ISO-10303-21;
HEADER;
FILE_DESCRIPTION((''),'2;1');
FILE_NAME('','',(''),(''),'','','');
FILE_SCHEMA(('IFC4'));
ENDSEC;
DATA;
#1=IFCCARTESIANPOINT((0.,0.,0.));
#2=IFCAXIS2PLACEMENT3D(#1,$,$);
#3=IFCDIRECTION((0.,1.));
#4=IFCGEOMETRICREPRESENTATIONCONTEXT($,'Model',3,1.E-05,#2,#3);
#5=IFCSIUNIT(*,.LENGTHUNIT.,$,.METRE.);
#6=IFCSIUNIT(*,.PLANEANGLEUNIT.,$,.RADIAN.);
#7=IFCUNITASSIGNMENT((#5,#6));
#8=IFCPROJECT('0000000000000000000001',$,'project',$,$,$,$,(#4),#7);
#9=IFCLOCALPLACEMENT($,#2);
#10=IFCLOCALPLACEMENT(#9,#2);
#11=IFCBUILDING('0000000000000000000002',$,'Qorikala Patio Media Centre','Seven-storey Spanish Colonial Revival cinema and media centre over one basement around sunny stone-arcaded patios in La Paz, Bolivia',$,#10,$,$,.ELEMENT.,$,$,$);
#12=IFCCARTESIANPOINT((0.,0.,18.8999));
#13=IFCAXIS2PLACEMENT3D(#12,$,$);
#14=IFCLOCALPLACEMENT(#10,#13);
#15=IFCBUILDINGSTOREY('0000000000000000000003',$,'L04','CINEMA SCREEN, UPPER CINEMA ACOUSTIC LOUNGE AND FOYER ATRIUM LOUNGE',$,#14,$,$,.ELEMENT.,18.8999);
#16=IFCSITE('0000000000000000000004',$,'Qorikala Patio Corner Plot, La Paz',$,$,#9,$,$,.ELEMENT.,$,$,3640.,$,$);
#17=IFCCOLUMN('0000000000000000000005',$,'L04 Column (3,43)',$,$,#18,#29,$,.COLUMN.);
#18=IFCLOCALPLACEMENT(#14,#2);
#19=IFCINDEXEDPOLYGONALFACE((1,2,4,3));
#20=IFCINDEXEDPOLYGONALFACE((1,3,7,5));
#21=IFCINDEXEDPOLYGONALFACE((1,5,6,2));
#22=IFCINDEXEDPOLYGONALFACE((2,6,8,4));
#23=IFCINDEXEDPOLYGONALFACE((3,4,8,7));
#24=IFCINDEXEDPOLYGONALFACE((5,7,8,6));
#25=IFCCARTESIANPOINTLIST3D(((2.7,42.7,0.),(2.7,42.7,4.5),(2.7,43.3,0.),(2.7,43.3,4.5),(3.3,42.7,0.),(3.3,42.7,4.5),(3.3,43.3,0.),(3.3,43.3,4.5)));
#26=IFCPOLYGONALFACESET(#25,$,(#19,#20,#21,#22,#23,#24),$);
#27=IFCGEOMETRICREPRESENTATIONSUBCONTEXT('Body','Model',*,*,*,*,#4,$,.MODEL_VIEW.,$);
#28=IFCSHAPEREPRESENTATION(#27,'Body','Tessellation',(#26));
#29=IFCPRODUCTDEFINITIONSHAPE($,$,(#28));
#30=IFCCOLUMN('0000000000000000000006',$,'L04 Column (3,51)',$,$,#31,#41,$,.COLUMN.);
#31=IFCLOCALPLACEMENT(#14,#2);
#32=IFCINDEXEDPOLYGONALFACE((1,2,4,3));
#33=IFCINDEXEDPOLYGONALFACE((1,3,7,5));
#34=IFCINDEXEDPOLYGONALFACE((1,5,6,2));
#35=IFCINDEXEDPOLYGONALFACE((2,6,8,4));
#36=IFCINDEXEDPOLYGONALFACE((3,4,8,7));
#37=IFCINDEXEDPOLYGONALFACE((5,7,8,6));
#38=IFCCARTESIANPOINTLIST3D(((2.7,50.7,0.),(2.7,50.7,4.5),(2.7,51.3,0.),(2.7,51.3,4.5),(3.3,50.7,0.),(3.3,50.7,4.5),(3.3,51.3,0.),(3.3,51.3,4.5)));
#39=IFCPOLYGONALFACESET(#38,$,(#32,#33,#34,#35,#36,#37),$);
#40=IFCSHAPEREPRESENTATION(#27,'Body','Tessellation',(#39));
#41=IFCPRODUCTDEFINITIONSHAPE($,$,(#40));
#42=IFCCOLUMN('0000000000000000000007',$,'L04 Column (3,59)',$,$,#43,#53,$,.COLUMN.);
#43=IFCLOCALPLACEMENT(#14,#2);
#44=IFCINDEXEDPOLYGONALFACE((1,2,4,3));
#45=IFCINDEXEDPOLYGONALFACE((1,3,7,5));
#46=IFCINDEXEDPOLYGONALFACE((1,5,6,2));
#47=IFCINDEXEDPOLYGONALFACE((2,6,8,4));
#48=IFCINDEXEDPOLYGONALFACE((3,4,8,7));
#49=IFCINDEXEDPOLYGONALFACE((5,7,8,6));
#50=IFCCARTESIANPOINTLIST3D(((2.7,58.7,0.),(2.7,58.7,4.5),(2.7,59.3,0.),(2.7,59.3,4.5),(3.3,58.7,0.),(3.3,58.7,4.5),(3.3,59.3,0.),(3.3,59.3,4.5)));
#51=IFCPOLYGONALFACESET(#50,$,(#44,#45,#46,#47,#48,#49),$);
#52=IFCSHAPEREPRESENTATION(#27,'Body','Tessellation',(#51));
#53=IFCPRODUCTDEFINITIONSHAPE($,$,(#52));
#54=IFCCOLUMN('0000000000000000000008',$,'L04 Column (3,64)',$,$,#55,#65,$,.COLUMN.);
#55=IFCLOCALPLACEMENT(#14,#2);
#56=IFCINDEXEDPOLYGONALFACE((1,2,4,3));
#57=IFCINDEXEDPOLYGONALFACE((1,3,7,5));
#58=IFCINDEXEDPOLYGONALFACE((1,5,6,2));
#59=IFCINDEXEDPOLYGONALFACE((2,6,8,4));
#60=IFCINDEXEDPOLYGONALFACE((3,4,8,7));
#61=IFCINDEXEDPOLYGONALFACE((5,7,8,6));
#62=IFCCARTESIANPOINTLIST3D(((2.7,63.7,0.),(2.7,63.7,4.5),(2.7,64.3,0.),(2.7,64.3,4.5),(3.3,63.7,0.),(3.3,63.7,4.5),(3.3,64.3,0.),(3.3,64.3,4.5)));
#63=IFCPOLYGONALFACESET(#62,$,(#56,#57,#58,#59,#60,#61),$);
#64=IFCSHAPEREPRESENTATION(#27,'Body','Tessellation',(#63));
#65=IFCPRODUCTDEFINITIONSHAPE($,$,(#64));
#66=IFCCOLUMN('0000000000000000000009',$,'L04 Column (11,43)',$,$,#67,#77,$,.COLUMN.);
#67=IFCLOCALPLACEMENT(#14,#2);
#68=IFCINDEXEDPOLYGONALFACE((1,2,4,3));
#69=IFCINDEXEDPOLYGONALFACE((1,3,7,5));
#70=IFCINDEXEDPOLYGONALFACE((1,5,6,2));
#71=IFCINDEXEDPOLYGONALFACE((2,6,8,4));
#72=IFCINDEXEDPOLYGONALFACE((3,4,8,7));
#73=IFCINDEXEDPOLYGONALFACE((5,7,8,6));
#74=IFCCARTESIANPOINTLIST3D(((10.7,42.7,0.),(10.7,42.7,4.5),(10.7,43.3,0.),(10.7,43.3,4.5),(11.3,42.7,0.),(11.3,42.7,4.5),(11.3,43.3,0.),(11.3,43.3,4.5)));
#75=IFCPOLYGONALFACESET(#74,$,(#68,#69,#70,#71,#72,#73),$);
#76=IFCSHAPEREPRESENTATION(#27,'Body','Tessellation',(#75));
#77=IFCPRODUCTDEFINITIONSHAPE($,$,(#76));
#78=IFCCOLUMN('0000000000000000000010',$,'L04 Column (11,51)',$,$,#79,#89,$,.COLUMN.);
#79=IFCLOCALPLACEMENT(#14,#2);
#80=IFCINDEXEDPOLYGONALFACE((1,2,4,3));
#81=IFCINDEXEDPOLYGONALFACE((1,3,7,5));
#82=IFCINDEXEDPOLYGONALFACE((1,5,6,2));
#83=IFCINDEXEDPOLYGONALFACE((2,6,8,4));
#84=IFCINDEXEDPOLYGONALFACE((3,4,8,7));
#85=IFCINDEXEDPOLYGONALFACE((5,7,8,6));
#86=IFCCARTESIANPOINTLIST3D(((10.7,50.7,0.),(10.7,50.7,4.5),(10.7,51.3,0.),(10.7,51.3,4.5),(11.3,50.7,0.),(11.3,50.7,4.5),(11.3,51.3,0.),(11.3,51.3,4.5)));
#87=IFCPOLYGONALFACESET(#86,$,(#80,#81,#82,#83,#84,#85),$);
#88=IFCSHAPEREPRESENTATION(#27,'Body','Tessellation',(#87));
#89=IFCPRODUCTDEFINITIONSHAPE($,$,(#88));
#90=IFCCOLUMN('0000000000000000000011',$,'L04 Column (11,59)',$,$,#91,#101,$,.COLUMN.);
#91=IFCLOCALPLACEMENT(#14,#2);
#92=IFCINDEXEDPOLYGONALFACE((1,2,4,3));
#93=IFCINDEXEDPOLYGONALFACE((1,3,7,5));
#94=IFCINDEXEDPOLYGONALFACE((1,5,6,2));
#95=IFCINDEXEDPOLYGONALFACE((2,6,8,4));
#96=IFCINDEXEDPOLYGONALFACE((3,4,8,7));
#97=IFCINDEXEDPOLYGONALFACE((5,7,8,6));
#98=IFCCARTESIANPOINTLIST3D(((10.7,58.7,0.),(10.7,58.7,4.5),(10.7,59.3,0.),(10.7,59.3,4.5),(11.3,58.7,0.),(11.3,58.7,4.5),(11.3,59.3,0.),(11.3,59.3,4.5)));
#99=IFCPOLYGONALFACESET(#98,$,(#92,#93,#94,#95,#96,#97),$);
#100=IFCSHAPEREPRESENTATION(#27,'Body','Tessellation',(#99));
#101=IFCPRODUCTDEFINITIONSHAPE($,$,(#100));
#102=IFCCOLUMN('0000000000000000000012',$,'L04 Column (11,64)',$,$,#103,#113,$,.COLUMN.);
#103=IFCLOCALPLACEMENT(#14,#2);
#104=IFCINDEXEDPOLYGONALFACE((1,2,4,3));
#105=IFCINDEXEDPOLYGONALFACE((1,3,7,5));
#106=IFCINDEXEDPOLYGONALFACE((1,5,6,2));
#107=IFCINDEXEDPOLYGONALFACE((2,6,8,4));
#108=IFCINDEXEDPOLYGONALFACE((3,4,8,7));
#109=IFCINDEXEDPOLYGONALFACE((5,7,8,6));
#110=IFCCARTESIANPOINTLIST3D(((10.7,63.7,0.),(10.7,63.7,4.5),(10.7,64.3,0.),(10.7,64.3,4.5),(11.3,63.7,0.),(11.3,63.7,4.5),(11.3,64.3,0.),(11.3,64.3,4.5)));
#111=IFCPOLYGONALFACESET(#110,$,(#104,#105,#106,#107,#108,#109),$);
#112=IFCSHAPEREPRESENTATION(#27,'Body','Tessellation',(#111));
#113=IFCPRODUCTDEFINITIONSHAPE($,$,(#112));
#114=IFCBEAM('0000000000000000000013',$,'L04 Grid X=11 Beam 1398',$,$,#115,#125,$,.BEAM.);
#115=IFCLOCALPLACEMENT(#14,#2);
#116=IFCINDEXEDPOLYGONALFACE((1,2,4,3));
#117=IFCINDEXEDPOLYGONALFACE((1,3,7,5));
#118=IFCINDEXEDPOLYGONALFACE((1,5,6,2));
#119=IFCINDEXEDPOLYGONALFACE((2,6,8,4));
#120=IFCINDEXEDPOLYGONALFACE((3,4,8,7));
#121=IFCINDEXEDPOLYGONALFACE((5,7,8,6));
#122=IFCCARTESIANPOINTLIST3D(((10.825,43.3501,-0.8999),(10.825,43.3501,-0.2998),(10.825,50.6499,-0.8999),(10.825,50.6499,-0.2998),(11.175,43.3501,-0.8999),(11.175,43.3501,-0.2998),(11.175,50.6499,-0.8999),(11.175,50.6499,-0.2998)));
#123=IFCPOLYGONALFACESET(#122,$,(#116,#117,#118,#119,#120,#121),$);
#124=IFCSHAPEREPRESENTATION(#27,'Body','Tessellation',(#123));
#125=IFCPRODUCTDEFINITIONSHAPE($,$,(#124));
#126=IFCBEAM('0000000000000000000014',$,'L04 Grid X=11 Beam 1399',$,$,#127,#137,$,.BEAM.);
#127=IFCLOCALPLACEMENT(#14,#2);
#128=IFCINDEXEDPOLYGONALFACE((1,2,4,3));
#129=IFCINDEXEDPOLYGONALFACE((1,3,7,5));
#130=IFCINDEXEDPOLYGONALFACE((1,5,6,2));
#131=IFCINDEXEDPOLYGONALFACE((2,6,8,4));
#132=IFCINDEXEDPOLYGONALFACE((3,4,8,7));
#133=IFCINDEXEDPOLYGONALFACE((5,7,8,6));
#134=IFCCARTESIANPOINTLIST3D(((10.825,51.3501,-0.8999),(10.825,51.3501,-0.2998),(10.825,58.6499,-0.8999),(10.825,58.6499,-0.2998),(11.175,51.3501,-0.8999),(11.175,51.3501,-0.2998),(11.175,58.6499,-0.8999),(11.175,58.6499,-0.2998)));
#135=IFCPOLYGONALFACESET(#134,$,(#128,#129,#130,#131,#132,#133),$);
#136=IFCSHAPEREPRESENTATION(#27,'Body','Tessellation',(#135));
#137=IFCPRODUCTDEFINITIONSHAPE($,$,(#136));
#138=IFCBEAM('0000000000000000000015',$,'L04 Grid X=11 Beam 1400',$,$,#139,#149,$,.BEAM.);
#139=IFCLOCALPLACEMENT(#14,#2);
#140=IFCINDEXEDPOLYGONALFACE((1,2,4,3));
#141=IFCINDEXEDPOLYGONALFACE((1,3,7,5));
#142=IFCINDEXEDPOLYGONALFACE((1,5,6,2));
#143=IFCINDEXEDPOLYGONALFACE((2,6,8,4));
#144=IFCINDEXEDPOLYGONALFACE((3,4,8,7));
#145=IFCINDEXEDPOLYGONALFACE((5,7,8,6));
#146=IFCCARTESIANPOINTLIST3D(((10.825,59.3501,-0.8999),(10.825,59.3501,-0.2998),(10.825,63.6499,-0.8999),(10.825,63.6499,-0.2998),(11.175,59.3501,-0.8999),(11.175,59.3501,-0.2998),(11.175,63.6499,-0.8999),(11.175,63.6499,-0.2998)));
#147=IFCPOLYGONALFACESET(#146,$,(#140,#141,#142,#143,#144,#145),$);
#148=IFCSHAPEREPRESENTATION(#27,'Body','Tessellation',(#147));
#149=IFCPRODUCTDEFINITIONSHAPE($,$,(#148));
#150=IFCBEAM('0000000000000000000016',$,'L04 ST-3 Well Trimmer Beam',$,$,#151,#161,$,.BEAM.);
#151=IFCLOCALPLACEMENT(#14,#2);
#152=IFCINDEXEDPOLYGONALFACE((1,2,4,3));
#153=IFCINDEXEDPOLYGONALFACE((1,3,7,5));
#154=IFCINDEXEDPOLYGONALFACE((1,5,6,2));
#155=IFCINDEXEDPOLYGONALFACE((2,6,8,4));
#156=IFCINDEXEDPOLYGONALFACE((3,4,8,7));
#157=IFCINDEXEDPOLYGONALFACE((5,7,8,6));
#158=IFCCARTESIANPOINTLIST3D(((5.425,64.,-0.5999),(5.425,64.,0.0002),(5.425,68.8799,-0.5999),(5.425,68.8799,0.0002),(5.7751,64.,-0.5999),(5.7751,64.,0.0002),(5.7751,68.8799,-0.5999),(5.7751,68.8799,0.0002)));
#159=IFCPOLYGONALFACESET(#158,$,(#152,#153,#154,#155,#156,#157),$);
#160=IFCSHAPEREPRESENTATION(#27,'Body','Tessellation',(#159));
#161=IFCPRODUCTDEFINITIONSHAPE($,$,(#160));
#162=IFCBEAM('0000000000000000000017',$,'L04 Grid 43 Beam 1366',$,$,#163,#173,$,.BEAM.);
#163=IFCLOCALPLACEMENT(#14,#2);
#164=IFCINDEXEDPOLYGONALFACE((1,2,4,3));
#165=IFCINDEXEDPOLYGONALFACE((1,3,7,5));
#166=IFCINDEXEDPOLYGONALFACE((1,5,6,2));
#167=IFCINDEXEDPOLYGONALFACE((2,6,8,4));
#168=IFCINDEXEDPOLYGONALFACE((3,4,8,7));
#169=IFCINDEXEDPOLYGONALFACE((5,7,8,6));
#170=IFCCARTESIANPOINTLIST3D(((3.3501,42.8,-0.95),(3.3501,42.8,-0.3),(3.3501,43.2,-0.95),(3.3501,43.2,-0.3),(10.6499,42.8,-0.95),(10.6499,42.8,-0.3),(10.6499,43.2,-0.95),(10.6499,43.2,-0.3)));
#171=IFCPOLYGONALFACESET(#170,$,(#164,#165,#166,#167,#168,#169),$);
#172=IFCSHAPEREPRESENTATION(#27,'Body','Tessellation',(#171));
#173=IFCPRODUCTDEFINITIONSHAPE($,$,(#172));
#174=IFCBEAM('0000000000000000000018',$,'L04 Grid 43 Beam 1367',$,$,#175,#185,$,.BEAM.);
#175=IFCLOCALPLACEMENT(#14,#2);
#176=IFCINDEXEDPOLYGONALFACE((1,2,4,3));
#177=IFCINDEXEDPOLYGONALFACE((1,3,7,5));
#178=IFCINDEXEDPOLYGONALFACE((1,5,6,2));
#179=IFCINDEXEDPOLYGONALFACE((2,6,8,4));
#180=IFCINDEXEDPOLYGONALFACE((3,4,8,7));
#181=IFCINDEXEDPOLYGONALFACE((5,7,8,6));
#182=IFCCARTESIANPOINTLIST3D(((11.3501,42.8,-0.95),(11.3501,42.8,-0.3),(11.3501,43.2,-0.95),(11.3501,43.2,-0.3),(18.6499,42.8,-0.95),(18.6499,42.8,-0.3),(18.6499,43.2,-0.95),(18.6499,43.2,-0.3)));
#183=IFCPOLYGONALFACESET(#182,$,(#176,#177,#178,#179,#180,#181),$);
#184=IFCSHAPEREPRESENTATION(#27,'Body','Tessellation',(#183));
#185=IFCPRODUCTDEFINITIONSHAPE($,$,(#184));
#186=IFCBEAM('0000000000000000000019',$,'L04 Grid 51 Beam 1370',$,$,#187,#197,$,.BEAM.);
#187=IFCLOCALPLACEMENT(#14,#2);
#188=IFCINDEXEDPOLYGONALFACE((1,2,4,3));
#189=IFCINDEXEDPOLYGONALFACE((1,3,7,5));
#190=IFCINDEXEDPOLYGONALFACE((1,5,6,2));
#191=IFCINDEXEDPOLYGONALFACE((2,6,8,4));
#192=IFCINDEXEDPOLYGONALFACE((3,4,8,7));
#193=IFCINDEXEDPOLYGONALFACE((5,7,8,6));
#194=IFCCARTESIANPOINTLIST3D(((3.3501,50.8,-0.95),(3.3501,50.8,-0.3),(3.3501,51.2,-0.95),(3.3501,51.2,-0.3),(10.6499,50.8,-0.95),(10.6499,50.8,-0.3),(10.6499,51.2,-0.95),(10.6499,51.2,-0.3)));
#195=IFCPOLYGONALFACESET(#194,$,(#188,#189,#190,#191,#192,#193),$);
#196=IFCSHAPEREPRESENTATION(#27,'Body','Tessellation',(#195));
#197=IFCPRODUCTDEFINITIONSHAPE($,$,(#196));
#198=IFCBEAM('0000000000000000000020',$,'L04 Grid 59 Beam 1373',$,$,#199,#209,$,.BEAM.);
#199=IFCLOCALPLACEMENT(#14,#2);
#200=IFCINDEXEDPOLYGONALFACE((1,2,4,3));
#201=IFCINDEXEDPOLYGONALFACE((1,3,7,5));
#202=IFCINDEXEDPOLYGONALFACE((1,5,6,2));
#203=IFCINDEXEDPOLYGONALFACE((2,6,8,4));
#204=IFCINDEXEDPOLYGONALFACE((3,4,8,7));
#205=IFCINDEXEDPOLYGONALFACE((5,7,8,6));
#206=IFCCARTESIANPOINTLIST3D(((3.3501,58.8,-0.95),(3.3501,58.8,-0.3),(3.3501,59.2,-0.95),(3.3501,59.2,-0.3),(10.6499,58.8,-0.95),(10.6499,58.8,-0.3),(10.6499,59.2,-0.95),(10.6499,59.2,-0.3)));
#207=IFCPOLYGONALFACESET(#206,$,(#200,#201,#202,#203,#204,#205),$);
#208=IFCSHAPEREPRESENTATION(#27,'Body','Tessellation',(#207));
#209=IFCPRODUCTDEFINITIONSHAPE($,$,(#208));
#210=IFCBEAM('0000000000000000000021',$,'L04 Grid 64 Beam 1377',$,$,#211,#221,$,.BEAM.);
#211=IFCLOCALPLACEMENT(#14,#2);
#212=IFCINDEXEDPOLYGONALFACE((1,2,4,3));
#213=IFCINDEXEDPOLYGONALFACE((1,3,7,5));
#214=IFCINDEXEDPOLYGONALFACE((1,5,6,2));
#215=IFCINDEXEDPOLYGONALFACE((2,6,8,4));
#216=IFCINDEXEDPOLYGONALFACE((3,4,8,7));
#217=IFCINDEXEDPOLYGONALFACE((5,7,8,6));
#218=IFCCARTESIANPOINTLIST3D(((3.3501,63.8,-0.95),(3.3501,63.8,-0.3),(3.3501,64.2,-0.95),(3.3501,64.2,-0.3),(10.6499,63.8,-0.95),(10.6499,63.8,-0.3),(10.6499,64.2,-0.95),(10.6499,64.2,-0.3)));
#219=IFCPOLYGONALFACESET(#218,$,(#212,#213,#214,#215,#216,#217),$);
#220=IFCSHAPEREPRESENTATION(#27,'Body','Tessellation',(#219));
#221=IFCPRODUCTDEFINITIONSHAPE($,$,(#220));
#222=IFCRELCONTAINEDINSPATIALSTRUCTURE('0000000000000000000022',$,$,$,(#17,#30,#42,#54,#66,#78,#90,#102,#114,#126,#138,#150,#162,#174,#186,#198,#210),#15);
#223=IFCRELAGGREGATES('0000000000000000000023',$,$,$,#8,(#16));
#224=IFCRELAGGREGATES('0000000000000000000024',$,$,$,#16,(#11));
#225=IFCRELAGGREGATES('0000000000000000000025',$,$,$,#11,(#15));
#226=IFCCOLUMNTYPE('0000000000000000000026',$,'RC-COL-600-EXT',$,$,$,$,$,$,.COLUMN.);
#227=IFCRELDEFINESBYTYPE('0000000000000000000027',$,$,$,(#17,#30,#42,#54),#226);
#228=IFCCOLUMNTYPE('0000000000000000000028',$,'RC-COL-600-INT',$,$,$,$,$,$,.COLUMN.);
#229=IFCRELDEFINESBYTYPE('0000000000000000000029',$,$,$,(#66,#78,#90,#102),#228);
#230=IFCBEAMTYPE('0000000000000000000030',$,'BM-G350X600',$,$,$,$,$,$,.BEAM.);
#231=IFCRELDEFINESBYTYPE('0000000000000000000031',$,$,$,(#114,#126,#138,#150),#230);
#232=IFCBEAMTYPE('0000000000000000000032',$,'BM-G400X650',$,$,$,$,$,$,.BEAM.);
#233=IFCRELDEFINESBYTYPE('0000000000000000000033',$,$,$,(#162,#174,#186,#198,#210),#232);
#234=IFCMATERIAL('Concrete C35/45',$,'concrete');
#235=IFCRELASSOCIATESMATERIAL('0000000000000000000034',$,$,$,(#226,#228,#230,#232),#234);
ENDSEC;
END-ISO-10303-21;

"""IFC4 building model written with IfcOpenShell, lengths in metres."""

from ifc_helpers import new_model, si_unit, direction, frame, origin, origin_2d, place, context, subcontext, project, spatial, rectangle, extrude, material, material_profile, profile_set, type_object, element, save


model = new_model("IFC4")

# Units and contexts
model_context = context("Model", 3, precision=1e-05, world=origin(), true_north=direction((0.0, 1.0)))
body_context = subcontext(model_context, "Body", "Model", "MODEL_VIEW")
ifc_project = project(units=[si_unit("LENGTHUNIT", "METRE"), si_unit("PLANEANGLEUNIT", "RADIAN")], contexts=[model_context])

# Site, building, storey
site_placement = place(None, origin())
site = spatial("IfcSite", under=ifc_project, at=site_placement, Name="Qorikala Patio Corner Plot, La Paz", CompositionType="ELEMENT", RefElevation=3640.0)
building_placement = place(site_placement, origin())
building = spatial("IfcBuilding", under=site, at=building_placement, Name="Qorikala Patio Media Centre", Description="Seven-storey Spanish Colonial Revival cinema and media centre over one basement around sunny stone-arcaded patios in La Paz, Bolivia", CompositionType="ELEMENT")
storey_placement = place(building_placement, frame((0.0, 0.0, 18.8999)))
storey = spatial("IfcBuildingStorey", under=building, at=storey_placement, Name="L04", Description="CINEMA SCREEN, UPPER CINEMA ACOUSTIC LOUNGE AND FOYER ATRIUM LOUNGE", CompositionType="ELEMENT", Elevation=18.8999)

# Columns
ifc_material_1 = material(Name="Concrete C35/45", Category="concrete")
ifc_material_profile_1 = material_profile(ifc_material_1, rectangle(XDim=0.6001, YDim=0.6001, at=origin_2d()), Name="RC 600x600")
ifc_profile_set_1 = profile_set([ifc_material_profile_1], Name="Concrete C35/45")
column_type_1 = type_object("IfcColumnType", Name="RC-COL-600-EXT", PredefinedType="COLUMN", material=ifc_profile_set_1)
for number, where, z_axis, x_axis, name in (
    (1, (3.0, 43.0, 0.0), (0.0, 0.0, 1.0), (1.0, 0.0, 0.0), "L04 Column (3,43)"),
    (2, (3.0, 51.0, 0.0), (0.0, 0.0, 1.0), (1.0, 0.0, 0.0), "L04 Column (3,51)"),
    (3, (3.0, 59.0, 0.0), (0.0, 0.0, 1.0), (1.0, 0.0, 0.0), "L04 Column (3,59)"),
    (4, (3.0, 64.0, 0.0), (0.0, 0.0, 1.0), (1.0, 0.0, 0.0), "L04 Column (3,64)"),
):
    element("IfcColumn", number, at=place(storey_placement, frame(where, z_axis=z_axis, x_axis=x_axis)), inside=storey, type_object=column_type_1, Name=name, PredefinedType="COLUMN", context=body_context, shape_type="SweptSolid", body=[
        extrude(rectangle(XDim=0.6001, YDim=0.6001, at=origin_2d()), origin(), (0.0, 0.0, 1.0), 4.5),
    ])
ifc_material_profile_2 = material_profile(ifc_material_1, rectangle(XDim=0.6001, YDim=0.6001, at=origin_2d()), Name="RC 600x600")
ifc_profile_set_2 = profile_set([ifc_material_profile_2], Name="Concrete C35/45")
column_type_2 = type_object("IfcColumnType", Name="RC-COL-600-INT", PredefinedType="COLUMN", material=ifc_profile_set_2)
for number, where, z_axis, x_axis, name in (
    (5, (11.0, 43.0, 0.0), (0.0, 0.0, 1.0), (1.0, 0.0, 0.0), "L04 Column (11,43)"),
    (6, (11.0, 51.0, 0.0), (0.0, 0.0, 1.0), (1.0, 0.0, 0.0), "L04 Column (11,51)"),
    (7, (11.0, 59.0, 0.0), (0.0, 0.0, 1.0), (1.0, 0.0, 0.0), "L04 Column (11,59)"),
    (8, (11.0, 64.0, 0.0), (0.0, 0.0, 1.0), (1.0, 0.0, 0.0), "L04 Column (11,64)"),
):
    element("IfcColumn", number, at=place(storey_placement, frame(where, z_axis=z_axis, x_axis=x_axis)), inside=storey, type_object=column_type_2, Name=name, PredefinedType="COLUMN", context=body_context, shape_type="SweptSolid", body=[
        extrude(rectangle(XDim=0.6001, YDim=0.6001, at=origin_2d()), origin(), (0.0, 0.0, 1.0), 4.5),
    ])

# Beams
ifc_material_profile_3 = material_profile(ifc_material_1, rectangle(XDim=0.3501, YDim=0.6001, at=origin_2d()), Name="RC 350x600")
ifc_profile_set_3 = profile_set([ifc_material_profile_3], Name="Concrete C35/45")
beam_type_1 = type_object("IfcBeamType", Name="BM-G350X600", PredefinedType="BEAM", material=ifc_profile_set_3)
for number, where, z_axis, x_axis, name in (
    (9, (11.0, 43.3501, -0.5999), (0.0, 1.0, 0.0), (-1.0, 0.0, 0.0), "L04 Grid X=11 Beam 1398"),
    (10, (11.0, 51.3501, -0.5999), (0.0, 1.0, 0.0), (-1.0, 0.0, 0.0), "L04 Grid X=11 Beam 1399"),
):
    element("IfcBeam", number, at=place(storey_placement, frame(where, z_axis=z_axis, x_axis=x_axis)), inside=storey, type_object=beam_type_1, Name=name, PredefinedType="BEAM", context=body_context, shape_type="SweptSolid", body=[
        extrude(rectangle(XDim=0.3501, YDim=0.6001, at=origin_2d()), origin(), (0.0, 0.0, 1.0), 7.2998),
    ])
beam_1_placement = place(storey_placement, frame((11.0, 59.3501, -0.5999), z_axis=(0.0, 1.0, 0.0), x_axis=(-1.0, 0.0, 0.0)))
element("IfcBeam", 11, at=beam_1_placement, inside=storey, type_object=beam_type_1, Name="L04 Grid X=11 Beam 1400", PredefinedType="BEAM", context=body_context, shape_type="SweptSolid", body=[
    extrude(rectangle(XDim=0.3501, YDim=0.6001, at=origin_2d()), origin(), (0.0, 0.0, 1.0), 4.2998),
])
beam_2_placement = place(storey_placement, frame((5.6001, 64.0, -0.2998), z_axis=(0.0, 1.0, 0.0), x_axis=(-1.0, 0.0, 0.0)))
element("IfcBeam", 12, at=beam_2_placement, inside=storey, type_object=beam_type_1, Name="L04 ST-3 Well Trimmer Beam", PredefinedType="BEAM", context=body_context, shape_type="SweptSolid", body=[
    extrude(rectangle(XDim=0.3501, YDim=0.6001, at=origin_2d()), origin(), (0.0, 0.0, 1.0), 4.8799),
])
ifc_material_profile_4 = material_profile(ifc_material_1, rectangle(XDim=0.3999, YDim=0.6499, at=origin_2d()), Name="RC 400x650")
ifc_profile_set_4 = profile_set([ifc_material_profile_4], Name="Concrete C35/45")
beam_type_2 = type_object("IfcBeamType", Name="BM-G400X650", PredefinedType="BEAM", material=ifc_profile_set_4)
for number, where, z_axis, x_axis, name in (
    (13, (3.3501, 43.0, -0.625), (1.0, 0.0, 0.0), (0.0, 1.0, 0.0), "L04 Grid 43 Beam 1366"),
    (14, (11.3501, 43.0, -0.625), (1.0, 0.0, 0.0), (0.0, 1.0, 0.0), "L04 Grid 43 Beam 1367"),
    (15, (3.3501, 51.0, -0.625), (1.0, 0.0, 0.0), (0.0, 1.0, 0.0), "L04 Grid 51 Beam 1370"),
    (16, (3.3501, 59.0, -0.625), (1.0, 0.0, 0.0), (0.0, 1.0, 0.0), "L04 Grid 59 Beam 1373"),
    (17, (3.3501, 64.0, -0.625), (1.0, 0.0, 0.0), (0.0, 1.0, 0.0), "L04 Grid 64 Beam 1377"),
):
    element("IfcBeam", number, at=place(storey_placement, frame(where, z_axis=z_axis, x_axis=x_axis)), inside=storey, type_object=beam_type_2, Name=name, PredefinedType="BEAM", context=body_context, shape_type="SweptSolid", body=[
        extrude(rectangle(XDim=0.3999, YDim=0.6499, at=origin_2d()), origin(), (0.0, 0.0, 1.0), 7.2998),
    ])

save(model, "model.ifc")
